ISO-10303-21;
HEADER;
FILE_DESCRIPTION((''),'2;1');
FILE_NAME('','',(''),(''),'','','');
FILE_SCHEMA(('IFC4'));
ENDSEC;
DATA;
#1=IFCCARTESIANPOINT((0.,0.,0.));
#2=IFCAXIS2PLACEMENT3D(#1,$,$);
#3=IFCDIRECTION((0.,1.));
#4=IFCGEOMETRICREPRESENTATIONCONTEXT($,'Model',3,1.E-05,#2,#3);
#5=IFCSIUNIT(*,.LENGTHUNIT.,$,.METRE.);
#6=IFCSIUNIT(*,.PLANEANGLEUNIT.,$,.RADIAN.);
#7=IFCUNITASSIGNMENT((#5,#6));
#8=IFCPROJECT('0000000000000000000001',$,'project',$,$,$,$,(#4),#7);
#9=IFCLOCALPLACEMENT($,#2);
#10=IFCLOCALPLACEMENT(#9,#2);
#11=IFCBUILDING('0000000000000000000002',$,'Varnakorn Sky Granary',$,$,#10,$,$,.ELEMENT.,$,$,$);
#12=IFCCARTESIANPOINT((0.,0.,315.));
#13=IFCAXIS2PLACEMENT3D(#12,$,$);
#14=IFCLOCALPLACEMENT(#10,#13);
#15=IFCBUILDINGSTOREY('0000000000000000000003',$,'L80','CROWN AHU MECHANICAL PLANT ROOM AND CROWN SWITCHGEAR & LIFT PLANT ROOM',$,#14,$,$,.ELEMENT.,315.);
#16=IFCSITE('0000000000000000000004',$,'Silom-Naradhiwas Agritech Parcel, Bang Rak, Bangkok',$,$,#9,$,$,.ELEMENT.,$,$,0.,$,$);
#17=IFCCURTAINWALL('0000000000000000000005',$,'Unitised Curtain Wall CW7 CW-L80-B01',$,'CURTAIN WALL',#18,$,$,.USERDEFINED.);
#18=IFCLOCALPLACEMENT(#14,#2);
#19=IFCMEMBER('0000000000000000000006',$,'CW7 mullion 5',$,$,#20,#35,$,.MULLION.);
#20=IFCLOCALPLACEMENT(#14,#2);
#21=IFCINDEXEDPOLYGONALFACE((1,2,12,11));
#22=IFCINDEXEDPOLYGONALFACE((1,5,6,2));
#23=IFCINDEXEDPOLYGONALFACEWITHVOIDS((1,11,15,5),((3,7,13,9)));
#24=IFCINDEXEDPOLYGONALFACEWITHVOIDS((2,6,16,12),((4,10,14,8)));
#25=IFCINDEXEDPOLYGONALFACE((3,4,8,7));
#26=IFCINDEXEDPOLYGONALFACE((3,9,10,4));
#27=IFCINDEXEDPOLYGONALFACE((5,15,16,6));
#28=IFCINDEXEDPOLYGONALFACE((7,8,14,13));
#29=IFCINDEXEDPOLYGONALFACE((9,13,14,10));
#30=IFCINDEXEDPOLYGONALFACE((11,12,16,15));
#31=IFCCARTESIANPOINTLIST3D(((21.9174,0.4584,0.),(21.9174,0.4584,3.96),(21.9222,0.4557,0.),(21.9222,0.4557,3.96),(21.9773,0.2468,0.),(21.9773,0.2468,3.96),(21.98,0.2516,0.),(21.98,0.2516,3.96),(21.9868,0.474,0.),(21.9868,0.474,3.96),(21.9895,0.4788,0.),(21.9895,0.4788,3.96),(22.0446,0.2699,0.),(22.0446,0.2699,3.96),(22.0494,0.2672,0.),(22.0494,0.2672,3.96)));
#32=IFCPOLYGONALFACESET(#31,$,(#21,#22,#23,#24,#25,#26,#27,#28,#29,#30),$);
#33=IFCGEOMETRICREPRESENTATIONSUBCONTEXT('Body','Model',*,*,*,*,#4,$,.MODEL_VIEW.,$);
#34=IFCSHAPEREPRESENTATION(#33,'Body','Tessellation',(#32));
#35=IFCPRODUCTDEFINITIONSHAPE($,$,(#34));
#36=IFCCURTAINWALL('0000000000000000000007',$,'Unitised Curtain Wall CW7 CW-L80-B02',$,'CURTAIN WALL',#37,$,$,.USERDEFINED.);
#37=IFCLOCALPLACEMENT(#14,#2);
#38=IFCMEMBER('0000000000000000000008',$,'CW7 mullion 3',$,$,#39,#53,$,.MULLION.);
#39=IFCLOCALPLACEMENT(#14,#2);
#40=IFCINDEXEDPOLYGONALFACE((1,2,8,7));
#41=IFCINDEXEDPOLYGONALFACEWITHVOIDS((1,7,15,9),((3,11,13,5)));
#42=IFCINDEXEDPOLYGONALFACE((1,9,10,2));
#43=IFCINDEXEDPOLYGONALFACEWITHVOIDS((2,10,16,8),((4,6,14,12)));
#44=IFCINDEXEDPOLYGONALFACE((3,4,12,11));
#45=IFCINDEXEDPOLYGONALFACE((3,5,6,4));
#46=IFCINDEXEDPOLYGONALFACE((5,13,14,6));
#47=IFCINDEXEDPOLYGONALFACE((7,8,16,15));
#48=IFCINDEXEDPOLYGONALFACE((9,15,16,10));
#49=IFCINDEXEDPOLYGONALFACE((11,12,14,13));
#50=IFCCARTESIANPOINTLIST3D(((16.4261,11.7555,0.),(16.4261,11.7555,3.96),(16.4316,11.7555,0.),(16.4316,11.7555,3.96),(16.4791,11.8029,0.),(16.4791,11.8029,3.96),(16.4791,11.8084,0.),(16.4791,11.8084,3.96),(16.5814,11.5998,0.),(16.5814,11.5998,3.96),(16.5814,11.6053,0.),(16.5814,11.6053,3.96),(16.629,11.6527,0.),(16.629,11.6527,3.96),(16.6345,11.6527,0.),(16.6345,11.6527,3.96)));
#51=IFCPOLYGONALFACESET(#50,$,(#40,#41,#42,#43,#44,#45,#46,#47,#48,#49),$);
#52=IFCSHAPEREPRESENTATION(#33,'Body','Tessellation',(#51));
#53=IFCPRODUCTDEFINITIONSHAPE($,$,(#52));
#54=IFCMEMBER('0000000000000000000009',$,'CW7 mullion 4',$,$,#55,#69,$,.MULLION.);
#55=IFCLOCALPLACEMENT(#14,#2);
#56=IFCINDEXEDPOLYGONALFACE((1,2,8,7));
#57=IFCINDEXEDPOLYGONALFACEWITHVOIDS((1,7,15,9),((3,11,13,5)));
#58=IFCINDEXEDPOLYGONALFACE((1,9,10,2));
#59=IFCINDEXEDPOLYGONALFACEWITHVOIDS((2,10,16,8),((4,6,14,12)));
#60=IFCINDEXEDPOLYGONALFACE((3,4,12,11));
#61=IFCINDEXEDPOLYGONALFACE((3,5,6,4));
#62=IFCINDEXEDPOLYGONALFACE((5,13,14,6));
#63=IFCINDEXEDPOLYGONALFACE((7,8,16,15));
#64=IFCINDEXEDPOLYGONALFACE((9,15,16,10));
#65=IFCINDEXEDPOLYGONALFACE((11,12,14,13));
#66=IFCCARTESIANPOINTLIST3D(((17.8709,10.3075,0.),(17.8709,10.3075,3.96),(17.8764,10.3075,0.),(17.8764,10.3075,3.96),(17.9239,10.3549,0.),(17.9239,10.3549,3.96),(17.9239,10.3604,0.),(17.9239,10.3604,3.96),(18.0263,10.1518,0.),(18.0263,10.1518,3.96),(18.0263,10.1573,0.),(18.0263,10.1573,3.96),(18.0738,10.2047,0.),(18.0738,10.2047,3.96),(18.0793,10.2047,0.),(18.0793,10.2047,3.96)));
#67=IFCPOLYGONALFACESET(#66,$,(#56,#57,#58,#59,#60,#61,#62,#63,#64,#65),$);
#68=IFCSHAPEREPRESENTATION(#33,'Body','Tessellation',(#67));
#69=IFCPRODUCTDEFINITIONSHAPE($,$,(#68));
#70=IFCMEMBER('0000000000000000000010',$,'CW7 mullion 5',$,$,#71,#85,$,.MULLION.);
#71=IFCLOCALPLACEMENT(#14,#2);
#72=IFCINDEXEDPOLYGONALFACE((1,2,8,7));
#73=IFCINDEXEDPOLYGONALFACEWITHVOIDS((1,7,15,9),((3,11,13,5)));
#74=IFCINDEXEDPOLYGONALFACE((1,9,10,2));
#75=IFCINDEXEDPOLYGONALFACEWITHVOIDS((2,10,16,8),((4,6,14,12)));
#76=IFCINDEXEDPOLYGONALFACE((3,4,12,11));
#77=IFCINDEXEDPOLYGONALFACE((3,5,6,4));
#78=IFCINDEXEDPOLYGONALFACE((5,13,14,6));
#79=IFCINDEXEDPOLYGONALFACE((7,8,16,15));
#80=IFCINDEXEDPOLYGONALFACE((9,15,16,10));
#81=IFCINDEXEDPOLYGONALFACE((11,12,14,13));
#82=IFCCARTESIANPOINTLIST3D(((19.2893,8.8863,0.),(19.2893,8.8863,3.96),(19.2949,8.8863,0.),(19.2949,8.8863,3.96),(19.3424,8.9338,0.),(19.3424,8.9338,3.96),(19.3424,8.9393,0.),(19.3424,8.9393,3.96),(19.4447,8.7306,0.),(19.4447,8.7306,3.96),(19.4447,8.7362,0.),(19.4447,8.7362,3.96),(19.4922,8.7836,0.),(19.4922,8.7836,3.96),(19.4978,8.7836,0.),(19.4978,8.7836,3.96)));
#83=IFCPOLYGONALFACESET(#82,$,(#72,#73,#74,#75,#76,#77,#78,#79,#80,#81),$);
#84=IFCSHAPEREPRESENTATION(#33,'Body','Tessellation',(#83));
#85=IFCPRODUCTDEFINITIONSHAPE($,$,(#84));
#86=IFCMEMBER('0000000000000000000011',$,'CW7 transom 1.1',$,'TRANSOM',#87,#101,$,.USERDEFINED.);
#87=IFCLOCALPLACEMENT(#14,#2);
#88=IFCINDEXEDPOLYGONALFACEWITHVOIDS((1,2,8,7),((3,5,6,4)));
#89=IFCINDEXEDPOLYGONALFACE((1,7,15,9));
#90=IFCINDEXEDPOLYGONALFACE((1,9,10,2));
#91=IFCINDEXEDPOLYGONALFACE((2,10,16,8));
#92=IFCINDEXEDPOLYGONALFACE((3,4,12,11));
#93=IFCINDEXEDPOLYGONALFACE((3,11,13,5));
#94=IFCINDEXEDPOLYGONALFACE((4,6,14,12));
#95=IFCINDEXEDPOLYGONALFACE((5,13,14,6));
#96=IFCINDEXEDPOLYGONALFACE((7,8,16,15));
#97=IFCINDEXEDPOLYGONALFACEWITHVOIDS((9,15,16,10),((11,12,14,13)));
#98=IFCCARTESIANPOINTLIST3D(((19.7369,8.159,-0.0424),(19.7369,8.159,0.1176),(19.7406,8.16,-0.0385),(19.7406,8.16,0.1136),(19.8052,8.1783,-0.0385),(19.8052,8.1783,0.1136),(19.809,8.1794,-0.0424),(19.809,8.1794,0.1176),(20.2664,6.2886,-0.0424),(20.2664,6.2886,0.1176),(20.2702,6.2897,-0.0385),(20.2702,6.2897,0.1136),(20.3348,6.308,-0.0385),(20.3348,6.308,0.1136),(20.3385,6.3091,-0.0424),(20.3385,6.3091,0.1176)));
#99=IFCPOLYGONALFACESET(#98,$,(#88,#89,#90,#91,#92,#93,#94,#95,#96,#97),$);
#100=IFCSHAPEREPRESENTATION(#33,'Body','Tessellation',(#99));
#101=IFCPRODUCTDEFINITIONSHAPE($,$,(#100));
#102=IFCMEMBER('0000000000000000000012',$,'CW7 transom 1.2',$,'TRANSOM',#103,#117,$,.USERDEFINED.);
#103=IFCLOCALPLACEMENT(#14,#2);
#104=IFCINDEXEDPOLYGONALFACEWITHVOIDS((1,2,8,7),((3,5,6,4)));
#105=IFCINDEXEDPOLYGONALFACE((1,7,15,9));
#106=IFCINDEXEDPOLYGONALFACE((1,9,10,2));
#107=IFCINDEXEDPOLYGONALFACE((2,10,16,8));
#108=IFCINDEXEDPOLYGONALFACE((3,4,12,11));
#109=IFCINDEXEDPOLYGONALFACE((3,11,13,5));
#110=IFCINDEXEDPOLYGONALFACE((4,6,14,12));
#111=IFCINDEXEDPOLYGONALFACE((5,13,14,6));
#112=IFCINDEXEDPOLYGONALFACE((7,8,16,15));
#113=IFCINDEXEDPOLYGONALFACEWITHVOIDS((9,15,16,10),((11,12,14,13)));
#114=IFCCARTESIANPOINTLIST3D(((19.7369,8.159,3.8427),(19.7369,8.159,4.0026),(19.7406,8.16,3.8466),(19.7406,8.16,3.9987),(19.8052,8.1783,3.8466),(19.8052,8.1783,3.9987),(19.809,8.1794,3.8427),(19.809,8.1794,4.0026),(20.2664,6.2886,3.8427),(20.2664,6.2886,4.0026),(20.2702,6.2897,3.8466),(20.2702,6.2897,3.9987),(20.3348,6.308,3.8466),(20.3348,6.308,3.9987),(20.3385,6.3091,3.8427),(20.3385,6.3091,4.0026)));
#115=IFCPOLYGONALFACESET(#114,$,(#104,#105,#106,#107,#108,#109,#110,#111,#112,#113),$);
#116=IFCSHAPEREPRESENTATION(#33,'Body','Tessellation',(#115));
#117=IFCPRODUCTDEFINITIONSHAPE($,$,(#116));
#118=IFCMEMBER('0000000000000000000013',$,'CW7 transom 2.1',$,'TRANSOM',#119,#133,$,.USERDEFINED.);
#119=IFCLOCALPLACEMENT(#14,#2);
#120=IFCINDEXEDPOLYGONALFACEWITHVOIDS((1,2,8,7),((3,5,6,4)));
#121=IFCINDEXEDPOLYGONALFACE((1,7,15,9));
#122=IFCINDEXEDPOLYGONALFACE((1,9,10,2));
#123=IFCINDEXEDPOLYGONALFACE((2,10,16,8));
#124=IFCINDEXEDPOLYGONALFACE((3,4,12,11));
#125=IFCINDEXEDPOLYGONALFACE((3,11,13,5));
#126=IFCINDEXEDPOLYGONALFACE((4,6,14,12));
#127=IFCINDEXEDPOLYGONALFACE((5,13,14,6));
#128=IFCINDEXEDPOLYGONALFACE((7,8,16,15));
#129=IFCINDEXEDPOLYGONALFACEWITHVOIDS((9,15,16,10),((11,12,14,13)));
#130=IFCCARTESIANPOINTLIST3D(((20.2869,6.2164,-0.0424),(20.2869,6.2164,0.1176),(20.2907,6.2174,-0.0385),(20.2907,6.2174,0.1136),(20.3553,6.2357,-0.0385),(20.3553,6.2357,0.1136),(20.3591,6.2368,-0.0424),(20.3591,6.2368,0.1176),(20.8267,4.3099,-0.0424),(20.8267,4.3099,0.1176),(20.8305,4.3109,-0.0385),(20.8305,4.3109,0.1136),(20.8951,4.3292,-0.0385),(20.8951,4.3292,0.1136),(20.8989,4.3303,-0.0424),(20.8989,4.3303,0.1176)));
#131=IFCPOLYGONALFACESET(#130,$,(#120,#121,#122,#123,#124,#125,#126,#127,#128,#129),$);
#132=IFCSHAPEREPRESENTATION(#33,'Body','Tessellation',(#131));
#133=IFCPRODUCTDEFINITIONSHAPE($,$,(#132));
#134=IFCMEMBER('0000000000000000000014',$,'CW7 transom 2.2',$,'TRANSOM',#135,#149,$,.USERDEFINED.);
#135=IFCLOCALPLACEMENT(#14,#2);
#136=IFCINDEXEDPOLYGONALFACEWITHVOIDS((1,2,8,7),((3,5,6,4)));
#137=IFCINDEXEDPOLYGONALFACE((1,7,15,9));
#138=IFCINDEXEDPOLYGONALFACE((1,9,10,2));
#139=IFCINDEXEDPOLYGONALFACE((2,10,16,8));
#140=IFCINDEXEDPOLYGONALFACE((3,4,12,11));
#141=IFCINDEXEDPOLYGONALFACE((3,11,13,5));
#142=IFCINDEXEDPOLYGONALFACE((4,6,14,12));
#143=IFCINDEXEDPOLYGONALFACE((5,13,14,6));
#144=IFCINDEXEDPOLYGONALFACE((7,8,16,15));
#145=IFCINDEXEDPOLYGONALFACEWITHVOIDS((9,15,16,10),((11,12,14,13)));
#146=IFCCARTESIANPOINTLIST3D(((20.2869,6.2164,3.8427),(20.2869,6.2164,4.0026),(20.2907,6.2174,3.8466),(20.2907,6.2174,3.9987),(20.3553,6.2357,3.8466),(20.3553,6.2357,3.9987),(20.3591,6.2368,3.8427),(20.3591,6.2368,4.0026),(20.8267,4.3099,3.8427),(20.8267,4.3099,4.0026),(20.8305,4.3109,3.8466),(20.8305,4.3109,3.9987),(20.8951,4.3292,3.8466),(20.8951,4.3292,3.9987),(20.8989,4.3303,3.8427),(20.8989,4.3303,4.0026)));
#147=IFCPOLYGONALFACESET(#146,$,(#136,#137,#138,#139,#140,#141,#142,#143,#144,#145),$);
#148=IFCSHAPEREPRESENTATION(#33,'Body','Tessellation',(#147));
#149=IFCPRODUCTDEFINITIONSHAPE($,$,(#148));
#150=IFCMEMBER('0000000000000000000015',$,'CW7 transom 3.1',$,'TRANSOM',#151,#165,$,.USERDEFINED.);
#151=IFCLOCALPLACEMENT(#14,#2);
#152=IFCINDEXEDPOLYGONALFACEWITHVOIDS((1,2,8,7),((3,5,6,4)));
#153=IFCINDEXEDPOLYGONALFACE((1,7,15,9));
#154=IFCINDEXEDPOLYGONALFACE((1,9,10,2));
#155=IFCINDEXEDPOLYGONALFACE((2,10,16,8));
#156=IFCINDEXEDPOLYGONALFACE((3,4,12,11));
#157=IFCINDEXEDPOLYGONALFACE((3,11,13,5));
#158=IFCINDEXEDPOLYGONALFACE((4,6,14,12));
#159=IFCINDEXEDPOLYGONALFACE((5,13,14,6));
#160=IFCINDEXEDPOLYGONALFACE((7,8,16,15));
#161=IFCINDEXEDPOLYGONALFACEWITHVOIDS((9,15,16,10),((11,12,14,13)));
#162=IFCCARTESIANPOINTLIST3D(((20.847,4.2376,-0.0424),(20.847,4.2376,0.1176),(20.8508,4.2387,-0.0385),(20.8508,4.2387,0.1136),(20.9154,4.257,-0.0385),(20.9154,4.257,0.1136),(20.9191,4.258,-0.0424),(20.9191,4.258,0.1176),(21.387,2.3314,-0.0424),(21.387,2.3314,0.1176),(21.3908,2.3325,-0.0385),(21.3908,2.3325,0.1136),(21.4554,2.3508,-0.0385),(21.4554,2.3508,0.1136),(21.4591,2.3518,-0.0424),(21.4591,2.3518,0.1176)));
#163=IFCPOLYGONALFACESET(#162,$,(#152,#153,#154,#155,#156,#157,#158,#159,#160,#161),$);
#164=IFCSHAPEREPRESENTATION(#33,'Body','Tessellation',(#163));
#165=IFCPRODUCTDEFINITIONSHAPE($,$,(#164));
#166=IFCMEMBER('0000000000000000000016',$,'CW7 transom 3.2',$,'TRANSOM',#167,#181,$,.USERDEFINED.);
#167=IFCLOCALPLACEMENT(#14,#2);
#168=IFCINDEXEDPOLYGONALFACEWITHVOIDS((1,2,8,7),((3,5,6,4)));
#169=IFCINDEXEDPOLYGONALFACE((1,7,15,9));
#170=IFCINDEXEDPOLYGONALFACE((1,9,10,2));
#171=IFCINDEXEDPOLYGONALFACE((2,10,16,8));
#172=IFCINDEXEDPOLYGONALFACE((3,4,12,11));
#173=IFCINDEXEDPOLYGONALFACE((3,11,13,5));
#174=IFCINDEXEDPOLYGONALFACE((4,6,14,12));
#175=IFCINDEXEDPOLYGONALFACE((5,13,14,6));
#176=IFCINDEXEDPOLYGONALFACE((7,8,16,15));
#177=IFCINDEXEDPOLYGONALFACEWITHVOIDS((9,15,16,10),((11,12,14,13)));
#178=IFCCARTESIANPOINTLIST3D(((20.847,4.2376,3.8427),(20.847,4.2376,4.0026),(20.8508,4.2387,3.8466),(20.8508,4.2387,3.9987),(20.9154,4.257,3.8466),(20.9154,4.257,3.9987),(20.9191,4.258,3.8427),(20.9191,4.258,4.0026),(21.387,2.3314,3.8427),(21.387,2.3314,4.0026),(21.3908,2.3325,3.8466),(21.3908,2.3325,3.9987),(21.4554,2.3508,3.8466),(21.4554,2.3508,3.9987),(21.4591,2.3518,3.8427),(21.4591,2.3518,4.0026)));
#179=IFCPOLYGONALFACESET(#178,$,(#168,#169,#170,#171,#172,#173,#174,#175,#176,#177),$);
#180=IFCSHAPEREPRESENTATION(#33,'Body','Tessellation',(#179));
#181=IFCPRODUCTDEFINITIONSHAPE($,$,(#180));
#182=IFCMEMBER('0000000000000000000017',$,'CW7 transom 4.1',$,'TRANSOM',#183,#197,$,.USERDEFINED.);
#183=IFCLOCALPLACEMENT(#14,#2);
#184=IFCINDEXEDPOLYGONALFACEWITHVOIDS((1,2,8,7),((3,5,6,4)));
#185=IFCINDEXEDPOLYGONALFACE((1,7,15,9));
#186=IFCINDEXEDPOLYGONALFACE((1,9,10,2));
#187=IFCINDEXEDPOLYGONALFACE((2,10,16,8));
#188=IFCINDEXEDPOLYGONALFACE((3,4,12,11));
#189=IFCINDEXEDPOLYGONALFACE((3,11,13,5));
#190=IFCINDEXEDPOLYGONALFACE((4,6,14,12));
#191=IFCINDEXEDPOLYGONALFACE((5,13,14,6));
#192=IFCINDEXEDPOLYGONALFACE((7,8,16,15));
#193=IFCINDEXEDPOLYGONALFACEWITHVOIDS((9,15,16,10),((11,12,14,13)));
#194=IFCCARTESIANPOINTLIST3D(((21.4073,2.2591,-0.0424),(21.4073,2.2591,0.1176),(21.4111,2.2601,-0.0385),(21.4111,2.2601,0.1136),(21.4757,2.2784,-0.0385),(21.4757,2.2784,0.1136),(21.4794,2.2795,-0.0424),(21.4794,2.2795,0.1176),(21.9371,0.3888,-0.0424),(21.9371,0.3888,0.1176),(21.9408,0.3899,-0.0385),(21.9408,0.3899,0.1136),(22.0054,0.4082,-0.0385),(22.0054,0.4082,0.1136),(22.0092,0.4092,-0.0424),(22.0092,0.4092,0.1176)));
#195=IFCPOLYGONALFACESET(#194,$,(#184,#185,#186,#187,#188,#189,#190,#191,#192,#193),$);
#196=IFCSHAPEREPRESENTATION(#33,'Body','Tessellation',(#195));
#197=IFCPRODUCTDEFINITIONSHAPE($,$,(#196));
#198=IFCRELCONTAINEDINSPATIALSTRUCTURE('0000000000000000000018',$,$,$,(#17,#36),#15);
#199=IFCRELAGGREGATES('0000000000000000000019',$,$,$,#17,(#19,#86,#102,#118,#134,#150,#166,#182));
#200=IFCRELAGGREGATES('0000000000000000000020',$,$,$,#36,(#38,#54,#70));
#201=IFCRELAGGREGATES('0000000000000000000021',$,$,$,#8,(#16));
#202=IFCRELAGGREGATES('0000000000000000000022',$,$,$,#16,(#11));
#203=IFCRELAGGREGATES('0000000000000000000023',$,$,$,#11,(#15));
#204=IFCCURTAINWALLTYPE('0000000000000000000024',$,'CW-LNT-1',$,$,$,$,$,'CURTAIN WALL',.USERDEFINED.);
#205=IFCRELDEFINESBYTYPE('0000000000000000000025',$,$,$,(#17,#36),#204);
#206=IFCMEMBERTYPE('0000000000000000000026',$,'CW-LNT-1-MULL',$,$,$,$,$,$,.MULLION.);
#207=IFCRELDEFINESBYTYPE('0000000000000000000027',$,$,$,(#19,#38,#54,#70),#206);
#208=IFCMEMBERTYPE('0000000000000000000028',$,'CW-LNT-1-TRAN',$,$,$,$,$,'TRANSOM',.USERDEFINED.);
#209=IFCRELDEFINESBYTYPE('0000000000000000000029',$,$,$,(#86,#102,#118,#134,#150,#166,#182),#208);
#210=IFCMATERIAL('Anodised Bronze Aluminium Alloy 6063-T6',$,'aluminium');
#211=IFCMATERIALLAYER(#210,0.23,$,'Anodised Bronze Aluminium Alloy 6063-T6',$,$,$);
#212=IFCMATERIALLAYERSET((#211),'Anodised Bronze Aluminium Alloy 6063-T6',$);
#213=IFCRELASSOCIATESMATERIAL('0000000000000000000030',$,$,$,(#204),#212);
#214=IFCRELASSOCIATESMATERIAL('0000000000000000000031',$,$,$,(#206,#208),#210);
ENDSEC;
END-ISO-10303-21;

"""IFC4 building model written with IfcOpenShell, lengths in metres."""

from ifc_helpers import new_model, si_unit, direction, frame, origin, origin_2d, place, context, subcontext, project, spatial, hollow_rectangle, extrude, material, layer, layer_set, material_profile, profile_set, type_object, element, aggregate, save


model = new_model("IFC4")

# Units and contexts
model_context = context("Model", 3, precision=1e-05, world=origin(), true_north=direction((0.0, 1.0)))
body_context = subcontext(model_context, "Body", "Model", "MODEL_VIEW")
ifc_project = project(units=[si_unit("LENGTHUNIT", "METRE"), si_unit("PLANEANGLEUNIT", "RADIAN")], contexts=[model_context])

# Site, building, storey
site_placement = place(None, origin())
site = spatial("IfcSite", under=ifc_project, at=site_placement, Name="Silom-Naradhiwas Agritech Parcel, Bang Rak, Bangkok", CompositionType="ELEMENT", RefElevation=0.0)
building_placement = place(site_placement, origin())
building = spatial("IfcBuilding", under=site, at=building_placement, Name="Varnakorn Sky Granary", CompositionType="ELEMENT")
storey_placement = place(building_placement, frame((0.0, 0.0, 315.0)))
storey = spatial("IfcBuildingStorey", under=building, at=storey_placement, Name="L80", Description="CROWN AHU MECHANICAL PLANT ROOM AND CROWN SWITCHGEAR & LIFT PLANT ROOM", CompositionType="ELEMENT", Elevation=315.0)

# Curtain walls, members
ifc_material_1 = material(Name="Anodised Bronze Aluminium Alloy 6063-T6", Category="aluminium")
ifc_layer_1 = layer(ifc_material_1, 0.23, Name="Anodised Bronze Aluminium Alloy 6063-T6")
ifc_layer_set_1 = layer_set([ifc_layer_1], Name="Anodised Bronze Aluminium Alloy 6063-T6")
curtain_wall_type = type_object("IfcCurtainWallType", Name="CW-LNT-1", ElementType="CURTAIN WALL", PredefinedType="USERDEFINED", material=ifc_layer_set_1)
curtain_wall_1_placement = place(storey_placement, origin())
curtain_wall_1 = element("IfcCurtainWall", 1, at=curtain_wall_1_placement, inside=storey, type_object=curtain_wall_type, Name="Unitised Curtain Wall CW7 CW-L80-B01", ObjectType="CURTAIN WALL", PredefinedType="USERDEFINED")
ifc_material_profile_1 = material_profile(ifc_material_1, hollow_rectangle(XDim=0.075, YDim=0.22, WallThickness=0.0039, at=origin_2d()), Name="ALU MULL 75x220")
ifc_profile_set_1 = profile_set([ifc_material_profile_1], Name="Anodised Bronze Aluminium Alloy 6063-T6")
member_type_1 = type_object("IfcMemberType", Name="CW-LNT-1-MULL", PredefinedType="MULLION", material=ifc_profile_set_1)
member_1_placement = place(storey_placement, frame((21.9834, 0.3628, 0.0), z_axis=(0.0, 0.0, 1.0), x_axis=(0.96217, 0.272448, 0.0)))
member_1 = element("IfcMember", 2, at=member_1_placement, type_object=member_type_1, Name="CW7 mullion 5", PredefinedType="MULLION", context=body_context, shape_type="SweptSolid", body=[
    extrude(hollow_rectangle(XDim=0.075, YDim=0.22, WallThickness=0.0039, at=origin_2d()), origin(), (0.0, 0.0, 1.0), 3.96),
])
curtain_wall_2_placement = place(storey_placement, origin())
curtain_wall_2 = element("IfcCurtainWall", 3, at=curtain_wall_2_placement, inside=storey, type_object=curtain_wall_type, Name="Unitised Curtain Wall CW7 CW-L80-B02", ObjectType="CURTAIN WALL", PredefinedType="USERDEFINED")
member_2_placement = place(storey_placement, frame((16.5303, 11.7041, 0.0), z_axis=(0.0, 0.0, 1.0), x_axis=(0.707827, 0.706385, 0.0)))
member_2 = element("IfcMember", 4, at=member_2_placement, type_object=member_type_1, Name="CW7 mullion 3", PredefinedType="MULLION", context=body_context, shape_type="SweptSolid", body=[
    extrude(hollow_rectangle(XDim=0.075, YDim=0.22, WallThickness=0.0039, at=origin_2d()), origin(), (0.0, 0.0, 1.0), 3.96),
])
member_3_placement = place(storey_placement, frame((17.9751, 10.2561, 0.0), z_axis=(0.0, 0.0, 1.0), x_axis=(0.707827, 0.706385, 0.0)))
member_3 = element("IfcMember", 5, at=member_3_placement, type_object=member_type_1, Name="CW7 mullion 4", PredefinedType="MULLION", context=body_context, shape_type="SweptSolid", body=[
    extrude(hollow_rectangle(XDim=0.075, YDim=0.22, WallThickness=0.0039, at=origin_2d()), origin(), (0.0, 0.0, 1.0), 3.96),
])
member_4_placement = place(storey_placement, frame((19.3936, 8.835, 0.0), z_axis=(0.0, 0.0, 1.0), x_axis=(0.707827, 0.706385, 0.0)))
member_4 = element("IfcMember", 6, at=member_4_placement, type_object=member_type_1, Name="CW7 mullion 5", PredefinedType="MULLION", context=body_context, shape_type="SweptSolid", body=[
    extrude(hollow_rectangle(XDim=0.075, YDim=0.22, WallThickness=0.0039, at=origin_2d()), origin(), (0.0, 0.0, 1.0), 3.96),
])

# Members
ifc_material_profile_2 = material_profile(ifc_material_1, hollow_rectangle(XDim=0.075, YDim=0.1599, WallThickness=0.0039, at=origin_2d()), Name="ALU TRAN 75x160")
ifc_profile_set_2 = profile_set([ifc_material_profile_2], Name="Anodised Bronze Aluminium Alloy 6063-T6")
member_type_2 = type_object("IfcMemberType", Name="CW-LNT-1-TRAN", ElementType="TRANSOM", PredefinedType="USERDEFINED", material=ifc_profile_set_2)
member_5_placement = place(storey_placement, frame((19.7729, 8.1692, 0.0376), z_axis=(0.272415, -0.96218, 0.0), x_axis=(0.96218, 0.272415, 0.0)))
member_5 = element("IfcMember", 7, at=member_5_placement, type_object=member_type_2, Name="CW7 transom 1.1", ObjectType="TRANSOM", PredefinedType="USERDEFINED", context=body_context, shape_type="SweptSolid", body=[
    extrude(hollow_rectangle(XDim=0.075, YDim=0.1599, WallThickness=0.0039, at=origin_2d()), origin(), (0.0, 0.0, 1.0), 1.9438),
])
member_6_placement = place(storey_placement, frame((19.7729, 8.1692, 3.9226), z_axis=(0.272415, -0.96218, 0.0), x_axis=(0.96218, 0.272415, 0.0)))
member_6 = element("IfcMember", 8, at=member_6_placement, type_object=member_type_2, Name="CW7 transom 1.2", ObjectType="TRANSOM", PredefinedType="USERDEFINED", context=body_context, shape_type="SweptSolid", body=[
    extrude(hollow_rectangle(XDim=0.075, YDim=0.1599, WallThickness=0.0039, at=origin_2d()), origin(), (0.0, 0.0, 1.0), 1.9438),
])
member_7_placement = place(storey_placement, frame((20.323, 6.2266, 0.0376), z_axis=(0.272426, -0.962177, 0.0), x_axis=(0.962177, 0.272426, 0.0)))
member_7 = element("IfcMember", 9, at=member_7_placement, type_object=member_type_2, Name="CW7 transom 2.1", ObjectType="TRANSOM", PredefinedType="USERDEFINED", context=body_context, shape_type="SweptSolid", body=[
    extrude(hollow_rectangle(XDim=0.075, YDim=0.1599, WallThickness=0.0039, at=origin_2d()), origin(), (0.0, 0.0, 1.0), 1.9814),
])
member_8_placement = place(storey_placement, frame((20.323, 6.2266, 3.9226), z_axis=(0.272426, -0.962177, 0.0), x_axis=(0.962177, 0.272426, 0.0)))
member_8 = element("IfcMember", 10, at=member_8_placement, type_object=member_type_2, Name="CW7 transom 2.2", ObjectType="TRANSOM", PredefinedType="USERDEFINED", context=body_context, shape_type="SweptSolid", body=[
    extrude(hollow_rectangle(XDim=0.075, YDim=0.1599, WallThickness=0.0039, at=origin_2d()), origin(), (0.0, 0.0, 1.0), 1.9814),
])
member_9_placement = place(storey_placement, frame((20.8831, 4.2478, 0.0376), z_axis=(0.272572, -0.962135, 0.0), x_axis=(0.962135, 0.272572, 0.0)))
member_9 = element("IfcMember", 11, at=member_9_placement, type_object=member_type_2, Name="CW7 transom 3.1", ObjectType="TRANSOM", PredefinedType="USERDEFINED", context=body_context, shape_type="SweptSolid", body=[
    extrude(hollow_rectangle(XDim=0.075, YDim=0.1599, WallThickness=0.0039, at=origin_2d()), origin(), (0.0, 0.0, 1.0), 1.9812),
])
member_10_placement = place(storey_placement, frame((20.8831, 4.2478, 3.9226), z_axis=(0.272572, -0.962135, 0.0), x_axis=(0.962135, 0.272572, 0.0)))
member_10 = element("IfcMember", 12, at=member_10_placement, type_object=member_type_2, Name="CW7 transom 3.2", ObjectType="TRANSOM", PredefinedType="USERDEFINED", context=body_context, shape_type="SweptSolid", body=[
    extrude(hollow_rectangle(XDim=0.075, YDim=0.1599, WallThickness=0.0039, at=origin_2d()), origin(), (0.0, 0.0, 1.0), 1.9812),
])
member_11_placement = place(storey_placement, frame((21.4434, 2.2693, 0.0376), z_axis=(0.272531, -0.962147, 0.0), x_axis=(0.962147, 0.272531, 0.0)))
member_11 = element("IfcMember", 13, at=member_11_placement, type_object=member_type_2, Name="CW7 transom 4.1", ObjectType="TRANSOM", PredefinedType="USERDEFINED", context=body_context, shape_type="SweptSolid", body=[
    extrude(hollow_rectangle(XDim=0.075, YDim=0.1599, WallThickness=0.0039, at=origin_2d()), origin(), (0.0, 0.0, 1.0), 1.9438),
])

aggregate(curtain_wall_1, [member_1, member_5, member_6, member_7, member_8, member_9, member_10, member_11])
aggregate(curtain_wall_2, [member_2, member_3, member_4])

save(model, "model.ifc")
